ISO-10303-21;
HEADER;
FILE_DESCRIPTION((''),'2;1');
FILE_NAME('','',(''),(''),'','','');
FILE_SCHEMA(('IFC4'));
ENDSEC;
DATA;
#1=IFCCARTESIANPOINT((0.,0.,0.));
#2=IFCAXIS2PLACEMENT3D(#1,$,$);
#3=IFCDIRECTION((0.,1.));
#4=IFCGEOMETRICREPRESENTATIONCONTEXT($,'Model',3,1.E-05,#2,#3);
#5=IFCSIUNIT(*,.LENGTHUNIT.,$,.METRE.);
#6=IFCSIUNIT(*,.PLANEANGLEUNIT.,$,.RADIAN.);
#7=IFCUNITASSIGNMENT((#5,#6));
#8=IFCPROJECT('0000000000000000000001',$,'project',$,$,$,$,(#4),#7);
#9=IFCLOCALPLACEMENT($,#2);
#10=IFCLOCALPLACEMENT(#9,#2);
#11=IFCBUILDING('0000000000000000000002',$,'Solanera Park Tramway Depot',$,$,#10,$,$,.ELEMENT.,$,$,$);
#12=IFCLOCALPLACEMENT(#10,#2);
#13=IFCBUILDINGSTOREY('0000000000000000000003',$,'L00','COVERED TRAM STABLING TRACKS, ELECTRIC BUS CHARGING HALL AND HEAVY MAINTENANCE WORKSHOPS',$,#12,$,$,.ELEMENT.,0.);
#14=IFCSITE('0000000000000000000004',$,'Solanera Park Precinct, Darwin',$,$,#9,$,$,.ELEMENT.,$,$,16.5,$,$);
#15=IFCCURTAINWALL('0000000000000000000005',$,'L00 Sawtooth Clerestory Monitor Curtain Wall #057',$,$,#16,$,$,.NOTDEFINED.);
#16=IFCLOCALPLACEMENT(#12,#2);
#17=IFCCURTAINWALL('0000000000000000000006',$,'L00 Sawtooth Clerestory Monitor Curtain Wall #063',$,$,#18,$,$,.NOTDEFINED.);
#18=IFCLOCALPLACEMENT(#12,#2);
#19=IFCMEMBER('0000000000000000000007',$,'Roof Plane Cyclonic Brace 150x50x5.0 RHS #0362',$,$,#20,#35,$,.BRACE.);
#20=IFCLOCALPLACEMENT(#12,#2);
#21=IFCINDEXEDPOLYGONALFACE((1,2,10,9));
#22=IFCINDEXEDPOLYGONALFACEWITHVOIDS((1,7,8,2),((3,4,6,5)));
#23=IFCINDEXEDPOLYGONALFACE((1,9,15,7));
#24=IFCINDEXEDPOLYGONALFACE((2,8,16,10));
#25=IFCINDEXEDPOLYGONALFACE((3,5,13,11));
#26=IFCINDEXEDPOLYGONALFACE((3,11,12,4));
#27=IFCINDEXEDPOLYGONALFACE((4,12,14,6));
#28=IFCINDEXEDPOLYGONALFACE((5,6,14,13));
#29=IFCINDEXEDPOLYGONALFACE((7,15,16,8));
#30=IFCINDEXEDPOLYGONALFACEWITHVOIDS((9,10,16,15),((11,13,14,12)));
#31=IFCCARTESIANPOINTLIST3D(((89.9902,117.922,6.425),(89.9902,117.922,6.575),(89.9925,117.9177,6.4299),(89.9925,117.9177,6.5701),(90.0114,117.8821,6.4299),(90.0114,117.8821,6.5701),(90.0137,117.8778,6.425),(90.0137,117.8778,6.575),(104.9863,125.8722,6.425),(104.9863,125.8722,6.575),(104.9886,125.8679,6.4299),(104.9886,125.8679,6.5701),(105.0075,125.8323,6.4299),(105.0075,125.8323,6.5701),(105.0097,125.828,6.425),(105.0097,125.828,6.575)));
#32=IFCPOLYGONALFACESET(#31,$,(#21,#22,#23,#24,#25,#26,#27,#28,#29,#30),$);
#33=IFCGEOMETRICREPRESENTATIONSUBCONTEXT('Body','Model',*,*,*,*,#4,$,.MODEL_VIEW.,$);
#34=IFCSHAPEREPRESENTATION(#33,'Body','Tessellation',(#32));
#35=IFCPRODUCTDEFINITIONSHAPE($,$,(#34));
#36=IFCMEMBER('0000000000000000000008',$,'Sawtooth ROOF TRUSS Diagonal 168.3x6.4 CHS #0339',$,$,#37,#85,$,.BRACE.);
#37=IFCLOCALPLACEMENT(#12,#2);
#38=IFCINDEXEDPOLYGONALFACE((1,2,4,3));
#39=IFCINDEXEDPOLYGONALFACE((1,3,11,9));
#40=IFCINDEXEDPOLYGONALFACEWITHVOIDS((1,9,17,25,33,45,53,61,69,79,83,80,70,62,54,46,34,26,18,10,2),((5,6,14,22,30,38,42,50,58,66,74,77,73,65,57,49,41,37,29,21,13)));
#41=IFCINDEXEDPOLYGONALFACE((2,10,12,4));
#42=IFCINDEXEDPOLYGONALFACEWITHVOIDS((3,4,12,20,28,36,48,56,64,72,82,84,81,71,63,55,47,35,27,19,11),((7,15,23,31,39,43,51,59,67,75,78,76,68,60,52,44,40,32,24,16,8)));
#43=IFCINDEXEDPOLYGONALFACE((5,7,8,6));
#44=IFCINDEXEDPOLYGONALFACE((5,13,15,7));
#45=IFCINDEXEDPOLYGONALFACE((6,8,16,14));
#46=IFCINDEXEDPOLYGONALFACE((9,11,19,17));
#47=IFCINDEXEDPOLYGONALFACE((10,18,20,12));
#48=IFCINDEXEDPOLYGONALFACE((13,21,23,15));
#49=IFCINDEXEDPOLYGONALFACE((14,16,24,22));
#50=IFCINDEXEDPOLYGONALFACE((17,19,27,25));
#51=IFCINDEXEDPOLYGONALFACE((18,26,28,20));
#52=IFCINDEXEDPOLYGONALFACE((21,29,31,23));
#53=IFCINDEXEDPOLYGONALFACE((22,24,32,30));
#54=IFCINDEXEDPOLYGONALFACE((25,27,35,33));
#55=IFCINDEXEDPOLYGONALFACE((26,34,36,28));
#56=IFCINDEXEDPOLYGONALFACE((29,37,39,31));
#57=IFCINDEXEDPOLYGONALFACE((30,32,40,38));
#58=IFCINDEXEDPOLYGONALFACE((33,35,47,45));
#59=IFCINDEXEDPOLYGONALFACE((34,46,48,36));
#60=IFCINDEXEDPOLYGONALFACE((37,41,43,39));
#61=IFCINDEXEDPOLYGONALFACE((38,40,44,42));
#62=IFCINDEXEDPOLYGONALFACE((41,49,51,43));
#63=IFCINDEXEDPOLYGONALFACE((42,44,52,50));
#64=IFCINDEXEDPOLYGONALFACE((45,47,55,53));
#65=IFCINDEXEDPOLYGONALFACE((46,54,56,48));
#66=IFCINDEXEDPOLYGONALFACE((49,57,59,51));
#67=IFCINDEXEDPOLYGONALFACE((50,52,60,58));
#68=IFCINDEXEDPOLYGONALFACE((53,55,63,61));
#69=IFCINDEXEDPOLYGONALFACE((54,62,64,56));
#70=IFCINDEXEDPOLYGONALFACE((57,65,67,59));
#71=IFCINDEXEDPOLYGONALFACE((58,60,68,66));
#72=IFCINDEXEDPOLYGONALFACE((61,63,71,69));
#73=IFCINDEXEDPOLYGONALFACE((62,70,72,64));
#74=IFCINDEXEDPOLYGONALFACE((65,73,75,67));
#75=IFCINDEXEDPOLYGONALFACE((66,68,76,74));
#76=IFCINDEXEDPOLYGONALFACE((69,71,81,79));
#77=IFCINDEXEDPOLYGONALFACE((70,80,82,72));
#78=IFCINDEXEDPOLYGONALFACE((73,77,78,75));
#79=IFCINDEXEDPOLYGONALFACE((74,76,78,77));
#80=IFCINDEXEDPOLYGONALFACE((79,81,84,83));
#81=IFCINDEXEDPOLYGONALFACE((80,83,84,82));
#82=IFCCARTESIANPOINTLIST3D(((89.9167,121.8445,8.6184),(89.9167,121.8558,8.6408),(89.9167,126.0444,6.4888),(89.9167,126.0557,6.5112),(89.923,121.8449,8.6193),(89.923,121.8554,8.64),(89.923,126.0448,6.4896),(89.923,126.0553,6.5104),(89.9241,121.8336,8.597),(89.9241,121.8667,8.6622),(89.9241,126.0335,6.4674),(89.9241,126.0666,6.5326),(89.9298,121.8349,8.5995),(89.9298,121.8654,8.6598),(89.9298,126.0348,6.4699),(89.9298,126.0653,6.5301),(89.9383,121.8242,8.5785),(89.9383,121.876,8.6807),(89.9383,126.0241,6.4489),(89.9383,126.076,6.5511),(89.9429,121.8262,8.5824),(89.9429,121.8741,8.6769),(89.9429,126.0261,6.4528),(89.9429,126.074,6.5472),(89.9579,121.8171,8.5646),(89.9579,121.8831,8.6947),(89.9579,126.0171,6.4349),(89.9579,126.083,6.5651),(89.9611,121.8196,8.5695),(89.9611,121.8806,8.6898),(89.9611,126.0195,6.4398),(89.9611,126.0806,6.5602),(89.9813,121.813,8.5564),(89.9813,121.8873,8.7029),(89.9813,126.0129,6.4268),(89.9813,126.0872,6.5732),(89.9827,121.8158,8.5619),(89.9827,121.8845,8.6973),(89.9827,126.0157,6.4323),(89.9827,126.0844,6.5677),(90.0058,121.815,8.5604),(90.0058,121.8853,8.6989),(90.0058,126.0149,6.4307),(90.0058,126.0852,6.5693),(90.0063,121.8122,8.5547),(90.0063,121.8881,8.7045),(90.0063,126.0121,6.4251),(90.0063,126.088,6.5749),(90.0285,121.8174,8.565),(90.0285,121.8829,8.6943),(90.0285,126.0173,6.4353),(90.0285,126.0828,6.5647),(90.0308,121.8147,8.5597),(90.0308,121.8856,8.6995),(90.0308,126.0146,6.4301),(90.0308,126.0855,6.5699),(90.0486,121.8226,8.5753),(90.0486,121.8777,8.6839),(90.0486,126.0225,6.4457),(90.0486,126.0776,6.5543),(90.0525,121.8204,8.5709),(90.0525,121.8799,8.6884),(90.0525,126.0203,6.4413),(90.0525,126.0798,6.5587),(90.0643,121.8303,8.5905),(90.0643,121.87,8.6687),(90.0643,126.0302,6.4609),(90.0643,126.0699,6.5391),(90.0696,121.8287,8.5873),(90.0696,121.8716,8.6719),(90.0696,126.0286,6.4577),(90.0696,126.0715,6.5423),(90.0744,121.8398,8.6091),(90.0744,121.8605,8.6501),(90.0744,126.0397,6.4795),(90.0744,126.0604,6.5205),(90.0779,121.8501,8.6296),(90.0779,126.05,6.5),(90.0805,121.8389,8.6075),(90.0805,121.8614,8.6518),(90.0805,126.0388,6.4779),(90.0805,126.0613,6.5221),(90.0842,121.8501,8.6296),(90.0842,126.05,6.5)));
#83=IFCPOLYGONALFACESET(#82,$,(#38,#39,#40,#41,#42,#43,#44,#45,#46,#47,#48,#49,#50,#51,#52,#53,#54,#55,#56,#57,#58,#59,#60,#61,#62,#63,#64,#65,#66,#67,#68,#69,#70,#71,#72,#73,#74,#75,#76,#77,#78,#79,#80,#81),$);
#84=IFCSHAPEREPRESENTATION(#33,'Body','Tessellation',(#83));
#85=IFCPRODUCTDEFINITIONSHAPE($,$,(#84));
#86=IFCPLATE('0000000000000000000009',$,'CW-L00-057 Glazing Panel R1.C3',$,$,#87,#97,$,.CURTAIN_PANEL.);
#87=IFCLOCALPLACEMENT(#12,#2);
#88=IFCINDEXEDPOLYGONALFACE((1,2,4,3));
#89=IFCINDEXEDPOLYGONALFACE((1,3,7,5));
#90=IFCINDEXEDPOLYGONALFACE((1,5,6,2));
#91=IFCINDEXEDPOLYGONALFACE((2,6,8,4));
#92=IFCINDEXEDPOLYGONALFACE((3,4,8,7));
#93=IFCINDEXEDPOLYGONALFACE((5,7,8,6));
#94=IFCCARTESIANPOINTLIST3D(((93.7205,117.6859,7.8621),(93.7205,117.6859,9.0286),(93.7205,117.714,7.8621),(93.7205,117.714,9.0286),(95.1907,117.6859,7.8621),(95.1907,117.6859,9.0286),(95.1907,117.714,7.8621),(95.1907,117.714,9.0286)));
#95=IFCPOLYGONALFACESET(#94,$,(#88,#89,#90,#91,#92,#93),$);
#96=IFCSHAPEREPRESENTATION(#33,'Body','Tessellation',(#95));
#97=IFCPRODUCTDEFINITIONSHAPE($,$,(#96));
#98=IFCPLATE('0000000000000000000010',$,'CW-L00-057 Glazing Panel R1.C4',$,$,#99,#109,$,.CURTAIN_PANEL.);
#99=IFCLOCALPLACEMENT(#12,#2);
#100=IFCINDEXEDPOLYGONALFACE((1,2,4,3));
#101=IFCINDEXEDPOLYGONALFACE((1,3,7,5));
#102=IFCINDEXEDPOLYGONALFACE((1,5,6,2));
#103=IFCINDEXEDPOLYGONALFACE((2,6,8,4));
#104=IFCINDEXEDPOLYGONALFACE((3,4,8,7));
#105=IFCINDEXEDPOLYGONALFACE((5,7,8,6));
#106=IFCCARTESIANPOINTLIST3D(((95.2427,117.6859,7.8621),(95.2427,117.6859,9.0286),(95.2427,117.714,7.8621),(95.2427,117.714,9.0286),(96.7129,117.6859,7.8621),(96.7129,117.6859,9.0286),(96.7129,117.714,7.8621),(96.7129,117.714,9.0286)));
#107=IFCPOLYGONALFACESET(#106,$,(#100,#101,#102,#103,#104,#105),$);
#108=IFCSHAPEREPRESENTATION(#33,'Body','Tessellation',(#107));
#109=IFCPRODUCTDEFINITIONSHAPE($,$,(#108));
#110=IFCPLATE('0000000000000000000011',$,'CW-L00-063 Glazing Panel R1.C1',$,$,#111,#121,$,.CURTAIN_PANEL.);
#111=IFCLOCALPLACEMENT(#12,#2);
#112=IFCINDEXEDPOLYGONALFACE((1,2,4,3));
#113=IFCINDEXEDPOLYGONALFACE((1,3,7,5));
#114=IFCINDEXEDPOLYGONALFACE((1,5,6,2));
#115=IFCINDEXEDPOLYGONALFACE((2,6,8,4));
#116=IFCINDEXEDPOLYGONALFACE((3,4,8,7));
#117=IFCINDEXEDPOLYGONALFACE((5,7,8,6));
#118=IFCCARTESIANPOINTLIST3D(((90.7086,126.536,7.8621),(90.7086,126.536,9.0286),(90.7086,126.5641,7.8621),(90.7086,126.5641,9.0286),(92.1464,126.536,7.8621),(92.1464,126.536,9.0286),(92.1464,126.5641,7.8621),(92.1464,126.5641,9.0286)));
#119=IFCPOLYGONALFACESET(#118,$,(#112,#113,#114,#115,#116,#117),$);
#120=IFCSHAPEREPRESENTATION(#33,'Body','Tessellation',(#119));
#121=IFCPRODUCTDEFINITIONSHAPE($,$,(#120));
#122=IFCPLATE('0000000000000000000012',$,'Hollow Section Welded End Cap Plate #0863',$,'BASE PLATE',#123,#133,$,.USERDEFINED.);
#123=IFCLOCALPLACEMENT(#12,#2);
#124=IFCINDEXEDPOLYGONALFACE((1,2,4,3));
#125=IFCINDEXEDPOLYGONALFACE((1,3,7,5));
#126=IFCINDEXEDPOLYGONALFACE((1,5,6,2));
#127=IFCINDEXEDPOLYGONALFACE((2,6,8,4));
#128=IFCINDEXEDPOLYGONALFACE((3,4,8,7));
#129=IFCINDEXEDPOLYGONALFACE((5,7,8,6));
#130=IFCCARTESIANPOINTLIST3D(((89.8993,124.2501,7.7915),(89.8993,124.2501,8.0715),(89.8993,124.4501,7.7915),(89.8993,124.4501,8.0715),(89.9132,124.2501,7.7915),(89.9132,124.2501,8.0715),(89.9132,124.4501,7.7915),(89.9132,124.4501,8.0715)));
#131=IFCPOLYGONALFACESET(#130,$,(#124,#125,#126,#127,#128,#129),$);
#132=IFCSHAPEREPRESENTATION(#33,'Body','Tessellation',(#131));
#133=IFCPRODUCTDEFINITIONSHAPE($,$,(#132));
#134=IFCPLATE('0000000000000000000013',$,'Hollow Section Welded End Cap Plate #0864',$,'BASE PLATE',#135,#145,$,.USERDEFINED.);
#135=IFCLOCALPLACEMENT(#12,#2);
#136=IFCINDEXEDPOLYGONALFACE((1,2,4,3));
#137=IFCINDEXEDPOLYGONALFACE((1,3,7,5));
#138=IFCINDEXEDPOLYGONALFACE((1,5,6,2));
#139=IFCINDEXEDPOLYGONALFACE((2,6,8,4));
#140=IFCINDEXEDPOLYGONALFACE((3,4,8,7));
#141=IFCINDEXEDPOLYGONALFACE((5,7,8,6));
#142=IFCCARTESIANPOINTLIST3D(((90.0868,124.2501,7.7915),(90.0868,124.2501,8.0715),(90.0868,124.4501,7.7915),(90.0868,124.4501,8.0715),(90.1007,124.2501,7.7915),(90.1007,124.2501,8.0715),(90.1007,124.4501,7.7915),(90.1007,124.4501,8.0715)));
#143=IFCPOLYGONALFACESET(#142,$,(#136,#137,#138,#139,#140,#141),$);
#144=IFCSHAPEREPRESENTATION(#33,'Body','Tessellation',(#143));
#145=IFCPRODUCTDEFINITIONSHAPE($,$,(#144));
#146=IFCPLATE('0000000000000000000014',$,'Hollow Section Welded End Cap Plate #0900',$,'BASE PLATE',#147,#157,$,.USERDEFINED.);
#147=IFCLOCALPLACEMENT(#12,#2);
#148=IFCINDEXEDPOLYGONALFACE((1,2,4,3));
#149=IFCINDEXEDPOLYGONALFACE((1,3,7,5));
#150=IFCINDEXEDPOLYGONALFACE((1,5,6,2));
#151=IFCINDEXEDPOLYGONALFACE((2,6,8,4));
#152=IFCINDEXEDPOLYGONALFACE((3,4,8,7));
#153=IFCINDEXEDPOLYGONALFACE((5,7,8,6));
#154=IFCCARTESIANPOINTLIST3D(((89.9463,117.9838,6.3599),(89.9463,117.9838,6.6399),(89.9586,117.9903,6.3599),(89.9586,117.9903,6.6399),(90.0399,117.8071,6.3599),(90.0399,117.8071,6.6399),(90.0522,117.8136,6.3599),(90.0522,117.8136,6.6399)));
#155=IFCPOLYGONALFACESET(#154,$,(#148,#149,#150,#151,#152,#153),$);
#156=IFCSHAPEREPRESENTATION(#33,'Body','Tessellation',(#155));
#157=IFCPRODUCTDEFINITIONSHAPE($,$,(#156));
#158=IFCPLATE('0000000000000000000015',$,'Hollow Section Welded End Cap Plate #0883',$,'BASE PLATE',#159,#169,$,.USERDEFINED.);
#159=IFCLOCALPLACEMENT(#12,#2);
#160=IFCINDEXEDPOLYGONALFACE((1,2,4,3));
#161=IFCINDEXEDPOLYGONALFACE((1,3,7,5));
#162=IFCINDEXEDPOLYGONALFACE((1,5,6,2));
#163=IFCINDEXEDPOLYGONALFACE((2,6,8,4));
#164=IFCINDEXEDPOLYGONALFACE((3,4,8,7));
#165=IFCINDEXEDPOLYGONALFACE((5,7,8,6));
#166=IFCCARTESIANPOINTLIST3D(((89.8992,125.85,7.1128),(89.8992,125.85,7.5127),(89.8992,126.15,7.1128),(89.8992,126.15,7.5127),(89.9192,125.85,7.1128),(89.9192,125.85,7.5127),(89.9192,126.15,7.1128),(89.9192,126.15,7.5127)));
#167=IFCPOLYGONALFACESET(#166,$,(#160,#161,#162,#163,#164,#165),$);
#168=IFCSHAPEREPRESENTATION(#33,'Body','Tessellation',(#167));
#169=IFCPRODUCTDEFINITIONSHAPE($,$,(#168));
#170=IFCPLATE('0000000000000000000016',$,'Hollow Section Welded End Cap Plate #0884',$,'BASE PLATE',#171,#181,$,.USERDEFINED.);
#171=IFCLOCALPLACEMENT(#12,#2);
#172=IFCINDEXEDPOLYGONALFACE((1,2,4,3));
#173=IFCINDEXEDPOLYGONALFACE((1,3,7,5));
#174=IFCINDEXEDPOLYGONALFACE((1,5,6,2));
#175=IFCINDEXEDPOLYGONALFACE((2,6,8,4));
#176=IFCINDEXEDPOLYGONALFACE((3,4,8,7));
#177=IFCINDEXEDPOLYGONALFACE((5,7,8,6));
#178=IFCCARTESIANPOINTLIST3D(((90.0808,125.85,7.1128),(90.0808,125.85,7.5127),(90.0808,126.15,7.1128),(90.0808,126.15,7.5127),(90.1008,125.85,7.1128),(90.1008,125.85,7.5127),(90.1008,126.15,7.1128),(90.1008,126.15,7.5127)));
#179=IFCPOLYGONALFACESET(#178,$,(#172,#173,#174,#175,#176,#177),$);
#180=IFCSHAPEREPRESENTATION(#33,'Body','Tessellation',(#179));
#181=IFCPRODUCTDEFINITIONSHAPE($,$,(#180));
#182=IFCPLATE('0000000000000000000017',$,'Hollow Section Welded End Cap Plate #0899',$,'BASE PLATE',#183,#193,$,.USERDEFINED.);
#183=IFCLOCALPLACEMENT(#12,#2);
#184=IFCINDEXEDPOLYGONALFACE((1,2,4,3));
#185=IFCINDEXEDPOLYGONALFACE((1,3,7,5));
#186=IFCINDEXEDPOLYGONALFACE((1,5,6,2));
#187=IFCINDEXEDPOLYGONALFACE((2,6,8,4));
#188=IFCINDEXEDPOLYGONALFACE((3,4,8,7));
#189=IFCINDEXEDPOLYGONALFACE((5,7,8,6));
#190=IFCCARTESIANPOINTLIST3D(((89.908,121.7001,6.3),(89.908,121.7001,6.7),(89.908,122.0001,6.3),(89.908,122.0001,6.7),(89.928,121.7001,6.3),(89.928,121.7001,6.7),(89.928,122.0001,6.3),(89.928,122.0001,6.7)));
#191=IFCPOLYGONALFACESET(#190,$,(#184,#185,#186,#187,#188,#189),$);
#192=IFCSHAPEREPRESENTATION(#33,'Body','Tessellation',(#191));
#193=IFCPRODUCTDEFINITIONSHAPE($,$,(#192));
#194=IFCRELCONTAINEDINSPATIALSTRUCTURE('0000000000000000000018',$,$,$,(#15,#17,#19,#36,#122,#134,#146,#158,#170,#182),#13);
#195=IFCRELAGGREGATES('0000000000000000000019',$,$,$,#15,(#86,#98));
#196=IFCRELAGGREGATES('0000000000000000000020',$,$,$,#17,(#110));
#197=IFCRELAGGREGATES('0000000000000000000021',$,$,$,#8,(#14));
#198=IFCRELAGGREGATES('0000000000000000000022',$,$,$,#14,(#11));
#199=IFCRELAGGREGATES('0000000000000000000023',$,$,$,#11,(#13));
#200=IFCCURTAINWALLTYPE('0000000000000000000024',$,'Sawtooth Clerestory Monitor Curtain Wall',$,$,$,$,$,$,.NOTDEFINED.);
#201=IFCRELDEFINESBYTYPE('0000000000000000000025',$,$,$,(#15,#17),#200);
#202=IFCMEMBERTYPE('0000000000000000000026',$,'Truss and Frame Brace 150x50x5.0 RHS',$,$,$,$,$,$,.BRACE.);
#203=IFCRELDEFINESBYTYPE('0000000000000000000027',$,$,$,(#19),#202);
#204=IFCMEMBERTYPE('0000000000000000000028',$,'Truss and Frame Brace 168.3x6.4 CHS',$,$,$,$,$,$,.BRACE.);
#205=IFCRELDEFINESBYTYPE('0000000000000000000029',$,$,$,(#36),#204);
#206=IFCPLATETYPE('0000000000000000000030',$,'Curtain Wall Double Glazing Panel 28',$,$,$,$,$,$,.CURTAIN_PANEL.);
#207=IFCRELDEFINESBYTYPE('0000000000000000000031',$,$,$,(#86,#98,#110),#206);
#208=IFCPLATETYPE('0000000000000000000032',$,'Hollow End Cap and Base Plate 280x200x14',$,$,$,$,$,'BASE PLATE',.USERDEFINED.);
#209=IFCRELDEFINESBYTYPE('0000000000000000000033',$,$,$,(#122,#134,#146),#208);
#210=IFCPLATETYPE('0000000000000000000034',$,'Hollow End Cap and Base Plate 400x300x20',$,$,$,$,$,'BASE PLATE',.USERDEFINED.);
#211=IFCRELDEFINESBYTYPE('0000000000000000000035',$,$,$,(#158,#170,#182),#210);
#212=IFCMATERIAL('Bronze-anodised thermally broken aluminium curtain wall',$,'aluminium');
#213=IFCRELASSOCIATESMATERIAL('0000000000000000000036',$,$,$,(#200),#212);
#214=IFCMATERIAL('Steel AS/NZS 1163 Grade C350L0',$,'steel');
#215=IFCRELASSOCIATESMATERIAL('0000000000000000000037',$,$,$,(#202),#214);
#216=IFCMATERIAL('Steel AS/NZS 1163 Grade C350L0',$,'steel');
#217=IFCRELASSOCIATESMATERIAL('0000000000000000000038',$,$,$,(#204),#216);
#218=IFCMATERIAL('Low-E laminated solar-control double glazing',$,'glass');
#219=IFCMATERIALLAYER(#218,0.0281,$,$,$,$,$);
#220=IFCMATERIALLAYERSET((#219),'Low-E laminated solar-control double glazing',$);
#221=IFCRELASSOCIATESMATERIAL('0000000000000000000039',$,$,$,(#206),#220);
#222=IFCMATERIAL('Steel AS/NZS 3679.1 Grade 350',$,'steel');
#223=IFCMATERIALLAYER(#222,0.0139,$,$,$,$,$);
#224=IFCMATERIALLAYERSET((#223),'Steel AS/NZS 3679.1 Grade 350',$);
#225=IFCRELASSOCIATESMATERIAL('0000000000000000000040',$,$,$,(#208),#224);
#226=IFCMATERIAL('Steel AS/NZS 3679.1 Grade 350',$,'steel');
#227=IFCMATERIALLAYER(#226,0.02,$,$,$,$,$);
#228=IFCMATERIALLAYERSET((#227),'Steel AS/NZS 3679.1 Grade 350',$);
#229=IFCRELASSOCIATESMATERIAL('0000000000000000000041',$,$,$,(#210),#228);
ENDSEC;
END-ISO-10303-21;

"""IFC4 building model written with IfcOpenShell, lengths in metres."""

from ifc_helpers import new_model, si_unit, direction, frame, origin, origin_2d, place, context, subcontext, project, spatial, rectangle, hollow_rectangle, hollow_circle, extrude, material, layer, layer_set, material_profile, profile_set, type_object, element, aggregate, save


model = new_model("IFC4")

# Units and contexts
model_context = context("Model", 3, precision=1e-05, world=origin(), true_north=direction((0.0, 1.0)))
body_context = subcontext(model_context, "Body", "Model", "MODEL_VIEW")
ifc_project = project(units=[si_unit("LENGTHUNIT", "METRE"), si_unit("PLANEANGLEUNIT", "RADIAN")], contexts=[model_context])

# Site, building, storey
site_placement = place(None, origin())
site = spatial("IfcSite", under=ifc_project, at=site_placement, Name="Solanera Park Precinct, Darwin", CompositionType="ELEMENT", RefElevation=16.5)
building_placement = place(site_placement, origin())
building = spatial("IfcBuilding", under=site, at=building_placement, Name="Solanera Park Tramway Depot", CompositionType="ELEMENT")
storey_placement = place(building_placement, origin())
storey = spatial("IfcBuildingStorey", under=building, at=storey_placement, Name="L00", Description="COVERED TRAM STABLING TRACKS, ELECTRIC BUS CHARGING HALL AND HEAVY MAINTENANCE WORKSHOPS", CompositionType="ELEMENT", Elevation=0.0)

# Curtain walls
ifc_material_1 = material(Name="Bronze-anodised thermally broken aluminium curtain wall", Category="aluminium")
curtain_wall_type = type_object("IfcCurtainWallType", Name="Sawtooth Clerestory Monitor Curtain Wall", PredefinedType="NOTDEFINED", material=ifc_material_1)
curtain_wall_1_placement = place(storey_placement, origin())
curtain_wall_1 = element("IfcCurtainWall", 1, at=curtain_wall_1_placement, inside=storey, type_object=curtain_wall_type, Name="L00 Sawtooth Clerestory Monitor Curtain Wall #057", PredefinedType="NOTDEFINED")
curtain_wall_2_placement = place(storey_placement, origin())
curtain_wall_2 = element("IfcCurtainWall", 2, at=curtain_wall_2_placement, inside=storey, type_object=curtain_wall_type, Name="L00 Sawtooth Clerestory Monitor Curtain Wall #063", PredefinedType="NOTDEFINED")

# Members
ifc_material_2 = material(Name="Steel AS/NZS 1163 Grade C350L0", Category="steel")
ifc_material_profile_1 = material_profile(ifc_material_2, hollow_rectangle(XDim=0.05, YDim=0.1499, WallThickness=0.0049, at=origin_2d()), Name="150x50x5.0 RHS")
ifc_profile_set_1 = profile_set([ifc_material_profile_1], Name="Steel AS/NZS 1163 Grade C350L0")
member_type_1 = type_object("IfcMemberType", Name="Truss and Frame Brace 150x50x5.0 RHS", PredefinedType="BRACE", material=ifc_profile_set_1)
member_1_placement = place(storey_placement, frame((90.002, 117.8999, 6.5), z_axis=(0.883518, 0.468398, 0.0), x_axis=(-0.468398, 0.883518, 0.0)))
element("IfcMember", 3, at=member_1_placement, inside=storey, type_object=member_type_1, Name="Roof Plane Cyclonic Brace 150x50x5.0 RHS #0362", PredefinedType="BRACE", context=body_context, shape_type="SweptSolid", body=[
    extrude(hollow_rectangle(XDim=0.05, YDim=0.1499, WallThickness=0.0049, at=origin_2d()), origin(), (0.0, 0.0, 1.0), 16.9731),
])
ifc_material_3 = material(Name="Steel AS/NZS 1163 Grade C350L0", Category="steel")
ifc_material_profile_2 = material_profile(ifc_material_3, hollow_circle(Radius=0.0842, WallThickness=0.0063, at=origin_2d()), Name="168.3x6.4 CHS")
ifc_profile_set_2 = profile_set([ifc_material_profile_2], Name="Steel AS/NZS 1163 Grade C350L0")
member_type_2 = type_object("IfcMemberType", Name="Truss and Frame Brace 168.3x6.4 CHS", PredefinedType="BRACE", material=ifc_profile_set_2)
member_2_placement = place(storey_placement, frame((90.0, 126.05, 6.5), z_axis=(0.0, -0.891893, 0.452246), x_axis=(1.0, 0.0, 0.0)))
element("IfcMember", 4, at=member_2_placement, inside=storey, type_object=member_type_2, Name="Sawtooth ROOF TRUSS Diagonal 168.3x6.4 CHS #0339", PredefinedType="BRACE", context=body_context, shape_type="SweptSolid", body=[
    extrude(hollow_circle(Radius=0.0842, WallThickness=0.0063, at=origin_2d()), origin(), (0.0, 0.0, 1.0), 4.709),
])

# Plates
ifc_material_4 = material(Name="Low-E laminated solar-control double glazing", Category="glass")
ifc_layer_1 = layer(ifc_material_4, 0.0281)
ifc_layer_set_1 = layer_set([ifc_layer_1], Name="Low-E laminated solar-control double glazing")
plate_type_1 = type_object("IfcPlateType", Name="Curtain Wall Double Glazing Panel 28", PredefinedType="CURTAIN_PANEL", material=ifc_layer_set_1)
plate_1_placement = place(storey_placement, frame((94.4556, 117.7, 7.8621), z_axis=(0.0, 0.0, 1.0), x_axis=(1.0, 0.0, 0.0)))
plate_1 = element("IfcPlate", 5, at=plate_1_placement, type_object=plate_type_1, Name="CW-L00-057 Glazing Panel R1.C3", PredefinedType="CURTAIN_PANEL", context=body_context, shape_type="SweptSolid", body=[
    extrude(rectangle(XDim=1.4702, YDim=0.0281, at=origin_2d()), origin(), (0.0, 0.0, 1.0), 1.1665),
])
plate_2_placement = place(storey_placement, frame((95.9778, 117.7, 7.8621), z_axis=(0.0, 0.0, 1.0), x_axis=(1.0, 0.0, 0.0)))
plate_2 = element("IfcPlate", 6, at=plate_2_placement, type_object=plate_type_1, Name="CW-L00-057 Glazing Panel R1.C4", PredefinedType="CURTAIN_PANEL", context=body_context, shape_type="SweptSolid", body=[
    extrude(rectangle(XDim=1.4702, YDim=0.0281, at=origin_2d()), origin(), (0.0, 0.0, 1.0), 1.1665),
])
aggregate(curtain_wall_1, [plate_1, plate_2])
plate_3_placement = place(storey_placement, frame((91.4275, 126.55, 7.8621), z_axis=(0.0, 0.0, 1.0), x_axis=(1.0, 0.0, 0.0)))
plate_3 = element("IfcPlate", 7, at=plate_3_placement, type_object=plate_type_1, Name="CW-L00-063 Glazing Panel R1.C1", PredefinedType="CURTAIN_PANEL", context=body_context, shape_type="SweptSolid", body=[
    extrude(rectangle(XDim=1.4377, YDim=0.0281, at=origin_2d()), origin(), (0.0, 0.0, 1.0), 1.1665),
])
aggregate(curtain_wall_2, [plate_3])

# Plates
ifc_material_5 = material(Name="Steel AS/NZS 3679.1 Grade 350", Category="steel")
ifc_layer_2 = layer(ifc_material_5, 0.0139)
ifc_layer_set_2 = layer_set([ifc_layer_2], Name="Steel AS/NZS 3679.1 Grade 350")
plate_type_2 = type_object("IfcPlateType", Name="Hollow End Cap and Base Plate 280x200x14", ElementType="BASE PLATE", PredefinedType="USERDEFINED", material=ifc_layer_set_2)
for number, where, z_axis, x_axis, name in (
    (8, (89.9062, 124.3501, 7.7915), (0.0, 0.0, 1.0), (1.0, 0.0, 0.0), "Hollow Section Welded End Cap Plate #0863"),
    (9, (90.0938, 124.3501, 7.7915), (0.0, 0.0, 1.0), (1.0, 0.0, 0.0), "Hollow Section Welded End Cap Plate #0864"),
    (10, (89.9993, 117.8987, 6.3599), (0.0, 0.0, 1.0), (0.883521, 0.468392, 0.0), "Hollow Section Welded End Cap Plate #0900"),
):
    element("IfcPlate", number, at=place(storey_placement, frame(where, z_axis=z_axis, x_axis=x_axis)), inside=storey, type_object=plate_type_2, Name=name, ObjectType="BASE PLATE", PredefinedType="USERDEFINED", context=body_context, shape_type="SweptSolid", body=[
        extrude(rectangle(XDim=0.0139, YDim=0.2, at=origin_2d()), origin(), (0.0, 0.0, 1.0), 0.28),
    ])
ifc_material_6 = material(Name="Steel AS/NZS 3679.1 Grade 350", Category="steel")
ifc_layer_3 = layer(ifc_material_6, 0.02)
ifc_layer_set_3 = layer_set([ifc_layer_3], Name="Steel AS/NZS 3679.1 Grade 350")
plate_type_3 = type_object("IfcPlateType", Name="Hollow End Cap and Base Plate 400x300x20", ElementType="BASE PLATE", PredefinedType="USERDEFINED", material=ifc_layer_set_3)
for number, where, z_axis, x_axis, name in (
    (11, (89.9092, 126.0, 7.1128), (0.0, 0.0, 1.0), (1.0, 0.0, 0.0), "Hollow Section Welded End Cap Plate #0883"),
    (12, (90.0908, 126.0, 7.1128), (0.0, 0.0, 1.0), (1.0, 0.0, 0.0), "Hollow Section Welded End Cap Plate #0884"),
    (13, (89.918, 121.8501, 6.3), (0.0, 0.0, 1.0), (1.0, 0.0, 0.0), "Hollow Section Welded End Cap Plate #0899"),
):
    element("IfcPlate", number, at=place(storey_placement, frame(where, z_axis=z_axis, x_axis=x_axis)), inside=storey, type_object=plate_type_3, Name=name, ObjectType="BASE PLATE", PredefinedType="USERDEFINED", context=body_context, shape_type="SweptSolid", body=[
        extrude(rectangle(XDim=0.02, YDim=0.3, at=origin_2d()), origin(), (0.0, 0.0, 1.0), 0.3999),
    ])

save(model, "model.ifc")
